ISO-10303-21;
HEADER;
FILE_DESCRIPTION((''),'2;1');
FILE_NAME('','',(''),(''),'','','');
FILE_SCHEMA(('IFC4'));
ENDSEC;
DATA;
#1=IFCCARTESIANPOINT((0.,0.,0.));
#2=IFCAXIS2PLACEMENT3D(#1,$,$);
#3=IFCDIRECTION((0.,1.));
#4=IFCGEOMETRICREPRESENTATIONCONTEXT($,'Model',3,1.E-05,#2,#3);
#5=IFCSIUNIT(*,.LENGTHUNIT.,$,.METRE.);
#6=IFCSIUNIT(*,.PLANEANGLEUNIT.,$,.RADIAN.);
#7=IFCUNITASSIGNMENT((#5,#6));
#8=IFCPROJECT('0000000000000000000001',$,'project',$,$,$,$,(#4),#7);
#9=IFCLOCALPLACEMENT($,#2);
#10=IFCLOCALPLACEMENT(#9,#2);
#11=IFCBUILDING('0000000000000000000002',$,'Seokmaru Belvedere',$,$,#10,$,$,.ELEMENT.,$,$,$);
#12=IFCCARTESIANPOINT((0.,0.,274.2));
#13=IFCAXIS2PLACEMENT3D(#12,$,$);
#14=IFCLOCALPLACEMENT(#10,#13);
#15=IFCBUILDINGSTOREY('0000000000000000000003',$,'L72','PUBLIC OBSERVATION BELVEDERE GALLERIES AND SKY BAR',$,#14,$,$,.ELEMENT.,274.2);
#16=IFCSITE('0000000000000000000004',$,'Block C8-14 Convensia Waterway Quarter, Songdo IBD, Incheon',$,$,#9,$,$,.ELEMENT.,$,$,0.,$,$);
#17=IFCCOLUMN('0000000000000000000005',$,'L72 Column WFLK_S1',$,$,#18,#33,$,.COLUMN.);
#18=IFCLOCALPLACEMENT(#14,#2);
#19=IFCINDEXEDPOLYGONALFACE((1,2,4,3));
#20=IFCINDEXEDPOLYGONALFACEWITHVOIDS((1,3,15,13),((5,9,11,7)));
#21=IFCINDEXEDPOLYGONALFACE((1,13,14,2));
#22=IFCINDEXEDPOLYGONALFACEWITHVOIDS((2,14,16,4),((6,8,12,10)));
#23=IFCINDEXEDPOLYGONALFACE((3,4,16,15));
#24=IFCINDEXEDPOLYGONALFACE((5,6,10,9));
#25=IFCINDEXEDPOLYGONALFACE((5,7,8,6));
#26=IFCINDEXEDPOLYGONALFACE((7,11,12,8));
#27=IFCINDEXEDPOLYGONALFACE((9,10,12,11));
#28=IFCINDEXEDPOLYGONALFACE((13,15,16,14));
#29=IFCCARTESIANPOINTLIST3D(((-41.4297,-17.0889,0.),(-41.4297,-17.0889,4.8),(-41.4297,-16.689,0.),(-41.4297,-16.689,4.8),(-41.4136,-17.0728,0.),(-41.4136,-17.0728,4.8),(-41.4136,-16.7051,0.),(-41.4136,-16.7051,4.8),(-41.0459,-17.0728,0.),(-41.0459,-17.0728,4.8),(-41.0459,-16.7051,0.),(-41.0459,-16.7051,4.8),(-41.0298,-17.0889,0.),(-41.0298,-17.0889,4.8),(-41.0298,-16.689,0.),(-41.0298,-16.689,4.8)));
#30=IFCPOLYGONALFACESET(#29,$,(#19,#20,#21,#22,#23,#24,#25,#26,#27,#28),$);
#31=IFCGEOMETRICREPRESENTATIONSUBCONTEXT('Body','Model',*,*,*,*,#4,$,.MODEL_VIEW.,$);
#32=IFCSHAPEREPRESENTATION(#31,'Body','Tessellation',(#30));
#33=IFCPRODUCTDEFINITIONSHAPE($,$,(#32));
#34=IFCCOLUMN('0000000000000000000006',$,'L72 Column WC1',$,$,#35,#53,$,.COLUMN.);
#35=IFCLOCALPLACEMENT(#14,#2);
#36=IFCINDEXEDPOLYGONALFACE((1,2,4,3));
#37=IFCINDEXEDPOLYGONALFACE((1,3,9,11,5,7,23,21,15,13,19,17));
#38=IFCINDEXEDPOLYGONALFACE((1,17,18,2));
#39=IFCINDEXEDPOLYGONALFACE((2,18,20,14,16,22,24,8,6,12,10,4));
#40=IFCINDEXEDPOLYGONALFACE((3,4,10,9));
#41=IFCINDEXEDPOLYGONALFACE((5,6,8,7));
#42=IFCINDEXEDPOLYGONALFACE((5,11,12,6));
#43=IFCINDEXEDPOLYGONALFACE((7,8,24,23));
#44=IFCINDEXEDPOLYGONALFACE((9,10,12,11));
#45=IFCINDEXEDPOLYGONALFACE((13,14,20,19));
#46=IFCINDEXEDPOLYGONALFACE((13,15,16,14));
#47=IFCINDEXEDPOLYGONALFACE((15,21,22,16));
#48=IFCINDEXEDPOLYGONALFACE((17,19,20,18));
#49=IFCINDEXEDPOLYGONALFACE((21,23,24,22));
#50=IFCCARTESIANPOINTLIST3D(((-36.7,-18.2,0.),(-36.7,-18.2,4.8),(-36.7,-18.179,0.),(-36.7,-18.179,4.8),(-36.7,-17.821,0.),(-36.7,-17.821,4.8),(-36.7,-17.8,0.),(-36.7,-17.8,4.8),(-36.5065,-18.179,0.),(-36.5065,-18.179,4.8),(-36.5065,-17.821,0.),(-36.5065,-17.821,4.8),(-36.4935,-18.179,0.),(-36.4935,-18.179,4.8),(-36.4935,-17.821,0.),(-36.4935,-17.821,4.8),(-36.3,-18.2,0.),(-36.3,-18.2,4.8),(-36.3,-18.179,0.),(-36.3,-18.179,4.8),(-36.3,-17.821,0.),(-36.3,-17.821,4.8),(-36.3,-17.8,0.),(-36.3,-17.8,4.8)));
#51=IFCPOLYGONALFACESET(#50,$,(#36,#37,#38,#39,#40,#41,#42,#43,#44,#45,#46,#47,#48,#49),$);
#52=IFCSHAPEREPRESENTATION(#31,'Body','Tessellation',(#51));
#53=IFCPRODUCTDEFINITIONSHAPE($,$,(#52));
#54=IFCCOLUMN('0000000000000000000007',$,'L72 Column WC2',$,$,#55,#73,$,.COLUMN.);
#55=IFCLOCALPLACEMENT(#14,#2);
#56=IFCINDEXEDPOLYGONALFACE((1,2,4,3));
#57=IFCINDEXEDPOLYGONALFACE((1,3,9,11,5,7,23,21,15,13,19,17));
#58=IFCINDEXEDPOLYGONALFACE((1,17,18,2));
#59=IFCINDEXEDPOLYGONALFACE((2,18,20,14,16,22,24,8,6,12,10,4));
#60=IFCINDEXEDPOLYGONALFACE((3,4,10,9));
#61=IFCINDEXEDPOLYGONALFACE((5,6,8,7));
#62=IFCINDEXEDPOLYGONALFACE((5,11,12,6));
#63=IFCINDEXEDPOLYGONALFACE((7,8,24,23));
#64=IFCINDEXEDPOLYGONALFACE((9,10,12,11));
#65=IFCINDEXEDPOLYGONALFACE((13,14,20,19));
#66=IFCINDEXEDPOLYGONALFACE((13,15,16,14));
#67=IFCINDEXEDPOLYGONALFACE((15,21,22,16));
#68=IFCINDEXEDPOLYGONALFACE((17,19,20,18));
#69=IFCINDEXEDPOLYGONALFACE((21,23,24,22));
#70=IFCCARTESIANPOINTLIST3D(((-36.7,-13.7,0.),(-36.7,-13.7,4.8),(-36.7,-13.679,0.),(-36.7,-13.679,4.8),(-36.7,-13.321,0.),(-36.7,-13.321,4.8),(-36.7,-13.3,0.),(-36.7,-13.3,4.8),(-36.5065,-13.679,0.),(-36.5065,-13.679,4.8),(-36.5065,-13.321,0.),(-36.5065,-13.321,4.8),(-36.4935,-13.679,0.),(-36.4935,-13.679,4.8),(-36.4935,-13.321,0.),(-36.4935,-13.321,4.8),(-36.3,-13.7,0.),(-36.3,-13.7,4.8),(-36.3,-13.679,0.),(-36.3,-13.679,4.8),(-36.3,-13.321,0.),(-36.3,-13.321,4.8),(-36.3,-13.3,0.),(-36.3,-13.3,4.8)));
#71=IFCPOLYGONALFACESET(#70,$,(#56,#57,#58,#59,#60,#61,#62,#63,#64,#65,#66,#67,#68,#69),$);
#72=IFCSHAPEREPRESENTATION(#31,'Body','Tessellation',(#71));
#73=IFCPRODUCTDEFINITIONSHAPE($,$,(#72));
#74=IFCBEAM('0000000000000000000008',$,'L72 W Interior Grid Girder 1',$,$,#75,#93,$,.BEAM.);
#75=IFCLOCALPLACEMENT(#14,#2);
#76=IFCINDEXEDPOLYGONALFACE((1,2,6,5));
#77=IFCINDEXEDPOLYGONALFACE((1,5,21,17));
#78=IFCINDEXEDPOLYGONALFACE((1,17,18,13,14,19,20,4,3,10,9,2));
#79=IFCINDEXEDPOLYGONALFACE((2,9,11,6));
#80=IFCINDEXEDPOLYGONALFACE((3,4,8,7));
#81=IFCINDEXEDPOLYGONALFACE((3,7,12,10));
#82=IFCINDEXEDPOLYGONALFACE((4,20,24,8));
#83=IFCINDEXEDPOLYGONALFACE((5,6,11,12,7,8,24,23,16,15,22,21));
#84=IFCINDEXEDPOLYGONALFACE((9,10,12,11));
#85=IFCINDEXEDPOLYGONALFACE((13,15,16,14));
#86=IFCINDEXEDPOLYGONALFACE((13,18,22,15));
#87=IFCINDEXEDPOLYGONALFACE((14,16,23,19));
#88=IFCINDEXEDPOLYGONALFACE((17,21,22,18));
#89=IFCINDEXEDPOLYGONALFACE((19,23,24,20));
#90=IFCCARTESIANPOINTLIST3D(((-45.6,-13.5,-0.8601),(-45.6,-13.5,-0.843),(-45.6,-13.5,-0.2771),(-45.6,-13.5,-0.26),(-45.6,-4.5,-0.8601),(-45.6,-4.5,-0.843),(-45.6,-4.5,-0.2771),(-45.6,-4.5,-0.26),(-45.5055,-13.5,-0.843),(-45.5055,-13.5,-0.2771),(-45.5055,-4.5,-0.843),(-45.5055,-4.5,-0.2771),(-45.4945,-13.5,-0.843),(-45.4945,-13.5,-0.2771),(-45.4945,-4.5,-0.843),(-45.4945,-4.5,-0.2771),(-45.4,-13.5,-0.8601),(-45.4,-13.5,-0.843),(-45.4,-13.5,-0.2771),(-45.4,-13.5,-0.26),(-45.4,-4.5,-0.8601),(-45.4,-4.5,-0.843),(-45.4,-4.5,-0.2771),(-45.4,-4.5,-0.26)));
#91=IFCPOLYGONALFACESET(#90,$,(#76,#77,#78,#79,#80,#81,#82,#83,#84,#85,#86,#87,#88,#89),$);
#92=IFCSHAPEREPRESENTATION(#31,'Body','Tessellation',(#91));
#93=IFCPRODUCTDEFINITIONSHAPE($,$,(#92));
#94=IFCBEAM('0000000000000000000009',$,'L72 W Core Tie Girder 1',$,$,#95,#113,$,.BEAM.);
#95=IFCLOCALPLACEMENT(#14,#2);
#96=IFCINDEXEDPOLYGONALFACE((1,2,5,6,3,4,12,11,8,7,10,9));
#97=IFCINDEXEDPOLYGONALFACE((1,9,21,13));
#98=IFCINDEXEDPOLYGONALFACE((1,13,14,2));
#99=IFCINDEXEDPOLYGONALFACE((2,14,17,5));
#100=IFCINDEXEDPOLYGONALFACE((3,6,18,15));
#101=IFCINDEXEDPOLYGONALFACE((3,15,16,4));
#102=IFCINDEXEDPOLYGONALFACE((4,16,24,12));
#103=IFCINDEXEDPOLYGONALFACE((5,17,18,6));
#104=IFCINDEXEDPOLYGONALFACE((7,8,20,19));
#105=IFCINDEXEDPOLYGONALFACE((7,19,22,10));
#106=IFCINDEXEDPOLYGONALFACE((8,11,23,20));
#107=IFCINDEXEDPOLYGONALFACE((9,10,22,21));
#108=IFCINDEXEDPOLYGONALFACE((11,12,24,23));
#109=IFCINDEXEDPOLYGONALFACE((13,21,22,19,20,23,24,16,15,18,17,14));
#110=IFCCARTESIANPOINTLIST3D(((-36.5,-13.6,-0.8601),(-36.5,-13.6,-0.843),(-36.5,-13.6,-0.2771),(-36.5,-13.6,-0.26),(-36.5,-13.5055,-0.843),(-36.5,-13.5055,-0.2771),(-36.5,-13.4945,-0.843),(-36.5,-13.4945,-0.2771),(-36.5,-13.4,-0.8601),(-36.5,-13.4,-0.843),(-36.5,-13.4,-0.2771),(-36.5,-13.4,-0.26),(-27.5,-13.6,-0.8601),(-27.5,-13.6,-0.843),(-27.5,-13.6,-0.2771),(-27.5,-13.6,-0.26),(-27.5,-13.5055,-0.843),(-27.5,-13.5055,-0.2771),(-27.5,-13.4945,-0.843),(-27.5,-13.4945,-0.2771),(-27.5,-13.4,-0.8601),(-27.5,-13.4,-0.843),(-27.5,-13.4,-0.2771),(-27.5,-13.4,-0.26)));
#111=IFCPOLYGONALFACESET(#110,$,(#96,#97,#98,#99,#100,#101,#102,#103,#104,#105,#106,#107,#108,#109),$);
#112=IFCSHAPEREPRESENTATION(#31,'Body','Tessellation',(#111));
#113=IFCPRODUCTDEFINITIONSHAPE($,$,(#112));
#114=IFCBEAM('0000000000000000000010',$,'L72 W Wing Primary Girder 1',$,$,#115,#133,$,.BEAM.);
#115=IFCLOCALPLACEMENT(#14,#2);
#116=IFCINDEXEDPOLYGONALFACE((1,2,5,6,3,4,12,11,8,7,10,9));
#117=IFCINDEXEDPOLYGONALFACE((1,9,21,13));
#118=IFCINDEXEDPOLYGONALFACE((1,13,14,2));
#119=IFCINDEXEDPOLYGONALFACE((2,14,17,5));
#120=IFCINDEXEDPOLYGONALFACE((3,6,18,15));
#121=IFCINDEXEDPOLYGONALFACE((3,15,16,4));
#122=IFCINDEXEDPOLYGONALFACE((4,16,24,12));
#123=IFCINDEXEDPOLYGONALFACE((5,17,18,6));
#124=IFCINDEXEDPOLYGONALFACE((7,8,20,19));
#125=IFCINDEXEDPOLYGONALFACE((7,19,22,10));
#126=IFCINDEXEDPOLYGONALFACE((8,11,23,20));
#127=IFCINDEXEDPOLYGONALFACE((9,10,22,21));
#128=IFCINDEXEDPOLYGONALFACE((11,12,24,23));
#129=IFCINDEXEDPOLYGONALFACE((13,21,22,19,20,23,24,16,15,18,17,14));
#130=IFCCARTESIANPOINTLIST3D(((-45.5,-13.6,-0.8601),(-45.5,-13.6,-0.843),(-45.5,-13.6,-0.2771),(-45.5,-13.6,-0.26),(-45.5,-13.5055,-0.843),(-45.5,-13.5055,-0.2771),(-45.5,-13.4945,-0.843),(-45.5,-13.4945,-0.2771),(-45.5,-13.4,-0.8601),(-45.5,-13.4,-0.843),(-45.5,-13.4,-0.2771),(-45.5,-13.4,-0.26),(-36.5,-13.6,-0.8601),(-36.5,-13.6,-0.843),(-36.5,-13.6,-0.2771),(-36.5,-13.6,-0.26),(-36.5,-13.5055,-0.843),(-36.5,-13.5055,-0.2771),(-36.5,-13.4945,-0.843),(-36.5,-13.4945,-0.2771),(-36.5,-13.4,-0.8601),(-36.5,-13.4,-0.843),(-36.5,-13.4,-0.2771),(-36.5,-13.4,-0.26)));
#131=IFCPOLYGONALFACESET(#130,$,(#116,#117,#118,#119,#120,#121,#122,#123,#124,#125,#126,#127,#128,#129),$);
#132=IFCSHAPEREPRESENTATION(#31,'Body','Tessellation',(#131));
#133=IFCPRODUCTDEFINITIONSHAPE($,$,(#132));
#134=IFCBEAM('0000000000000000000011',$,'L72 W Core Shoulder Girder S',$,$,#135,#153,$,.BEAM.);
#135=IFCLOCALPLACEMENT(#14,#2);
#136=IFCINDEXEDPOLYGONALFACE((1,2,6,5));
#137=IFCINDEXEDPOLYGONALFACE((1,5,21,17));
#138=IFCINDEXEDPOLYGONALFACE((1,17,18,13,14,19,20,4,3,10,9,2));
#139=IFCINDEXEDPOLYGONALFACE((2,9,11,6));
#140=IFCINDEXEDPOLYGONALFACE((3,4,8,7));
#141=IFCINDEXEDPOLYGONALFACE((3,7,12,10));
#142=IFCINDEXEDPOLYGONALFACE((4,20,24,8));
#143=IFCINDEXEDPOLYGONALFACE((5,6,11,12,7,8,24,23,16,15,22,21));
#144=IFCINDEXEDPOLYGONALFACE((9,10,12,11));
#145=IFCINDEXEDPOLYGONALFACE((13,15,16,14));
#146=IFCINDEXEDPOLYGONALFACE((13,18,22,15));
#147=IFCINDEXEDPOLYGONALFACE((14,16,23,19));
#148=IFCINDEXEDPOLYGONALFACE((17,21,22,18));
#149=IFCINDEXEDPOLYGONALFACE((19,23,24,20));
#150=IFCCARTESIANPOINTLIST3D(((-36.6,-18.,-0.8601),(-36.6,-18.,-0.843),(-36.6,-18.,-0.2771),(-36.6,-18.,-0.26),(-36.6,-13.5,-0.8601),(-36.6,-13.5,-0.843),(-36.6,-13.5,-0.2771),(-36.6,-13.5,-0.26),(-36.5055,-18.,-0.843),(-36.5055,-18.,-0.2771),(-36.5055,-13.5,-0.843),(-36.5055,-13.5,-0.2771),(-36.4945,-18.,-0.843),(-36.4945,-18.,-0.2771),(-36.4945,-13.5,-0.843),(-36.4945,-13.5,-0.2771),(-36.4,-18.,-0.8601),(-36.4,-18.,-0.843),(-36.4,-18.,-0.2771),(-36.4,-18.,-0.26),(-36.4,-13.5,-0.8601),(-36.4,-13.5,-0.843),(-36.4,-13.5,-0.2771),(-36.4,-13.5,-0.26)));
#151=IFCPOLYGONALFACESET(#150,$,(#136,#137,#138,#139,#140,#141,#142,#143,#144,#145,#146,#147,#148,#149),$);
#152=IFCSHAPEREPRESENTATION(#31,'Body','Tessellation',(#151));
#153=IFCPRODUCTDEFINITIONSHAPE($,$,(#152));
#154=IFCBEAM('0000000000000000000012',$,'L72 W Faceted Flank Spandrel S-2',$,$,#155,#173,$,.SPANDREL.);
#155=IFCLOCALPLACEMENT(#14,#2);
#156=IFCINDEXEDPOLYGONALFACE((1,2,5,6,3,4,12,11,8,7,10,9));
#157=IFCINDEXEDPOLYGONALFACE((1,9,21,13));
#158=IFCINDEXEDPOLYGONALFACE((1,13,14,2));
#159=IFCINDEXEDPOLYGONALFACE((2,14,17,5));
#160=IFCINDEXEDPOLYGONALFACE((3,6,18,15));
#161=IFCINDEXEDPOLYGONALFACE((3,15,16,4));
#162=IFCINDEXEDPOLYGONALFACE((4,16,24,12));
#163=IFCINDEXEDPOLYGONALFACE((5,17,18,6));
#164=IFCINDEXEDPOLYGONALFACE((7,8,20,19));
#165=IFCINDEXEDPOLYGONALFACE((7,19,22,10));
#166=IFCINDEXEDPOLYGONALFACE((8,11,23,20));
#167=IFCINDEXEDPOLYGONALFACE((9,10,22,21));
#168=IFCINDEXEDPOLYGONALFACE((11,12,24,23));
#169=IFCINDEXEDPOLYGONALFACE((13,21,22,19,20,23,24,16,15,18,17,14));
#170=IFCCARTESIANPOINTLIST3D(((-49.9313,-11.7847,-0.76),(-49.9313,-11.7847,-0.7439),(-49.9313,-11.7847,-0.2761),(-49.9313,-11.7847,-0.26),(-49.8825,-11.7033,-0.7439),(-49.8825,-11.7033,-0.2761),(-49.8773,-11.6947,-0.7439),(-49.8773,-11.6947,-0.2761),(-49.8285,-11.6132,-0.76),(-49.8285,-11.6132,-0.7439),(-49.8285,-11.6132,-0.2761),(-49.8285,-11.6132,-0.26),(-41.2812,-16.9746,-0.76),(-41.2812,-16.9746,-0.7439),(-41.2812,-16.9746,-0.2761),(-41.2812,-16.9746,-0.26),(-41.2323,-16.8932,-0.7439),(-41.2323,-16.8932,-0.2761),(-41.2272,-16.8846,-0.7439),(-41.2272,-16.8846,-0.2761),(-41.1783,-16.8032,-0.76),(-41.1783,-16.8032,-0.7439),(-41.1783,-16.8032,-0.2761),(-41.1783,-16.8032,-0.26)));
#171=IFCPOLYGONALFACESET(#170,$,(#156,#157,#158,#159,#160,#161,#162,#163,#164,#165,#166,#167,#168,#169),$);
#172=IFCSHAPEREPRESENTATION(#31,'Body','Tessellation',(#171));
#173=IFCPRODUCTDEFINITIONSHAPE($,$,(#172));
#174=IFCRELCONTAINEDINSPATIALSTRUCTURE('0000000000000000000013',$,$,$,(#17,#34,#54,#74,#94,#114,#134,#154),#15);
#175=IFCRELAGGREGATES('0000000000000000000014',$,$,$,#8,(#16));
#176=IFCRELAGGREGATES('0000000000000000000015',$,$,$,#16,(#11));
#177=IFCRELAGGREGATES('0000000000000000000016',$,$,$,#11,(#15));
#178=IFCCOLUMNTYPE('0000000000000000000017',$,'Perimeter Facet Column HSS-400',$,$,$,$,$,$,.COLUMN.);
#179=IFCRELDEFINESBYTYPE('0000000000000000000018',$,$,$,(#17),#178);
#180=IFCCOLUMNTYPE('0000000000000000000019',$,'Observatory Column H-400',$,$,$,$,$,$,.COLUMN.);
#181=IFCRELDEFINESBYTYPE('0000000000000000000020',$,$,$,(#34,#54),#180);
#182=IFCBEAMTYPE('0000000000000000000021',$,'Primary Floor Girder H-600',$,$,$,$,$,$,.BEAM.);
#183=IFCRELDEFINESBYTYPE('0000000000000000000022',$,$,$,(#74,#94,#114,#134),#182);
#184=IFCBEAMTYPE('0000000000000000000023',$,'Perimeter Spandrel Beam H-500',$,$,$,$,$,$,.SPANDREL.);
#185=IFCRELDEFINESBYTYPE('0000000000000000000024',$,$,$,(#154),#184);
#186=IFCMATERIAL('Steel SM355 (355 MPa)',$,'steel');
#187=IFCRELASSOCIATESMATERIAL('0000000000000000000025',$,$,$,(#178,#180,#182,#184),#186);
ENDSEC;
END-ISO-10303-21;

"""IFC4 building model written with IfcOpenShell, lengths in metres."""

from ifc_helpers import new_model, si_unit, direction, frame, origin, origin_2d, place, context, subcontext, project, spatial, hollow_rectangle, i_section, extrude, source, transform, mapped, material, material_profile, profile_set, type_object, type_shapes, element, save


model = new_model("IFC4")

# Units and contexts
model_context = context("Model", 3, precision=1e-05, world=origin(), true_north=direction((0.0, 1.0)))
body_context = subcontext(model_context, "Body", "Model", "MODEL_VIEW")
ifc_project = project(units=[si_unit("LENGTHUNIT", "METRE"), si_unit("PLANEANGLEUNIT", "RADIAN")], contexts=[model_context])

# Site, building, storey
site_placement = place(None, origin())
site = spatial("IfcSite", under=ifc_project, at=site_placement, Name="Block C8-14 Convensia Waterway Quarter, Songdo IBD, Incheon", CompositionType="ELEMENT", RefElevation=0.0)
building_placement = place(site_placement, origin())
building = spatial("IfcBuilding", under=site, at=building_placement, Name="Seokmaru Belvedere", CompositionType="ELEMENT")
storey_placement = place(building_placement, frame((0.0, 0.0, 274.2)))
storey = spatial("IfcBuildingStorey", under=building, at=storey_placement, Name="L72", Description="PUBLIC OBSERVATION BELVEDERE GALLERIES AND SKY BAR", CompositionType="ELEMENT", Elevation=274.2)

# Columns
ifc_material_1 = material(Name="Steel SM355 (355 MPa)", Category="steel")
ifc_material_profile_1 = material_profile(ifc_material_1, hollow_rectangle(XDim=0.3999, YDim=0.3999, WallThickness=0.0161, at=origin_2d()), Name="HSS-400x400x16")
ifc_profile_set_1 = profile_set([ifc_material_profile_1], Name="Steel SM355 (355 MPa)")
column_type_1 = type_object("IfcColumnType", Name="Perimeter Facet Column HSS-400", PredefinedType="COLUMN", material=ifc_profile_set_1)
shared_shape_1 = source(origin(), body_context, "Body", "SweptSolid", [
    extrude(hollow_rectangle(XDim=0.3999, YDim=0.3999, WallThickness=0.0161, at=origin_2d()), origin(), (0.0, 0.0, 1.0), 4.8),
])
type_shapes(column_type_1, [shared_shape_1])
column_placement = place(storey_placement, frame((-41.2297, -16.8889, 0.0), z_axis=(0.0, 0.0, 1.0), x_axis=(1.0, 0.0, 0.0)))
element("IfcColumn", 1, at=column_placement, inside=storey, type_object=column_type_1, Name="L72 Column WFLK_S1", PredefinedType="COLUMN", context=body_context, shape_type="MappedRepresentation", body=[
    mapped(shared_shape_1, transform((0.0, 0.0, 0.0), scale=1.0)),
])
ifc_material_profile_2 = material_profile(ifc_material_1, i_section(OverallWidth=0.3999, OverallDepth=0.3999, WebThickness=0.0129, FlangeThickness=0.021, at=origin_2d()), Name="H-400x400x13x21")
ifc_profile_set_2 = profile_set([ifc_material_profile_2], Name="Steel SM355 (355 MPa)")
column_type_2 = type_object("IfcColumnType", Name="Observatory Column H-400", PredefinedType="COLUMN", material=ifc_profile_set_2)
shared_shape_2 = source(origin(), body_context, "Body", "SweptSolid", [
    extrude(i_section(OverallWidth=0.3999, OverallDepth=0.3999, WebThickness=0.0129, FlangeThickness=0.021, at=origin_2d()), origin(), (0.0, 0.0, 1.0), 4.8),
])
type_shapes(column_type_2, [shared_shape_2])
for number, where, z_axis, x_axis, name in (
    (2, (-36.5, -18.0, 0.0), (0.0, 0.0, 1.0), (1.0, 0.0, 0.0), "L72 Column WC1"),
    (3, (-36.5, -13.5, 0.0), (0.0, 0.0, 1.0), (1.0, 0.0, 0.0), "L72 Column WC2"),
):
    element("IfcColumn", number, at=place(storey_placement, frame(where, z_axis=z_axis, x_axis=x_axis)), inside=storey, type_object=column_type_2, Name=name, PredefinedType="COLUMN", context=body_context, shape_type="MappedRepresentation", body=[
        mapped(shared_shape_2, transform((0.0, 0.0, 0.0), scale=1.0)),
    ])

# Beams
ifc_material_profile_3 = material_profile(ifc_material_1, i_section(OverallWidth=0.2, OverallDepth=0.6001, WebThickness=0.011, FlangeThickness=0.0171, at=origin_2d()), Name="H-600x200x11x17")
ifc_profile_set_3 = profile_set([ifc_material_profile_3], Name="Steel SM355 (355 MPa)")
beam_type_1 = type_object("IfcBeamType", Name="Primary Floor Girder H-600", PredefinedType="BEAM", material=ifc_profile_set_3)
shared_shape_3 = source(origin(), body_context, "Body", "SweptSolid", [
    extrude(i_section(OverallWidth=0.2, OverallDepth=0.6001, WebThickness=0.011, FlangeThickness=0.0171, at=origin_2d()), origin(), (0.0, 0.0, 1.0), 9.0),
])
for number, where, z_axis, x_axis, name in (
    (4, (-45.5, -13.5, -0.5601), (0.0, 1.0, 0.0), (-1.0, 0.0, 0.0), "L72 W Interior Grid Girder 1"),
    (5, (-36.5, -13.5, -0.5601), (1.0, 0.0, 0.0), (0.0, 1.0, 0.0), "L72 W Core Tie Girder 1"),
    (6, (-45.5, -13.5, -0.5601), (1.0, 0.0, 0.0), (0.0, 1.0, 0.0), "L72 W Wing Primary Girder 1"),
):
    element("IfcBeam", number, at=place(storey_placement, frame(where, z_axis=z_axis, x_axis=x_axis)), inside=storey, type_object=beam_type_1, Name=name, PredefinedType="BEAM", context=body_context, shape_type="MappedRepresentation", body=[
        mapped(shared_shape_3, transform((0.0, 0.0, 0.0), scale=1.0)),
    ])
shared_shape_4 = source(origin(), body_context, "Body", "SweptSolid", [
    extrude(i_section(OverallWidth=0.2, OverallDepth=0.6001, WebThickness=0.011, FlangeThickness=0.0171, at=origin_2d()), origin(), (0.0, 0.0, 1.0), 4.5),
])
beam_1_placement = place(storey_placement, frame((-36.5, -18.0, -0.5601), z_axis=(0.0, 1.0, 0.0), x_axis=(-1.0, 0.0, 0.0)))
element("IfcBeam", 7, at=beam_1_placement, inside=storey, type_object=beam_type_1, Name="L72 W Core Shoulder Girder S", PredefinedType="BEAM", context=body_context, shape_type="MappedRepresentation", body=[
    mapped(shared_shape_4, transform((0.0, 0.0, 0.0), scale=1.0)),
])
ifc_material_profile_4 = material_profile(ifc_material_1, i_section(OverallWidth=0.2, OverallDepth=0.5, WebThickness=0.01, FlangeThickness=0.0161, at=origin_2d()), Name="H-500x200x10x16")
ifc_profile_set_4 = profile_set([ifc_material_profile_4], Name="Steel SM355 (355 MPa)")
beam_type_2 = type_object("IfcBeamType", Name="Perimeter Spandrel Beam H-500", PredefinedType="SPANDREL", material=ifc_profile_set_4)
shared_shape_5 = source(origin(), body_context, "Body", "SweptSolid", [
    extrude(i_section(OverallWidth=0.2, OverallDepth=0.5, WebThickness=0.01, FlangeThickness=0.0161, at=origin_2d()), origin(), (0.0, 0.0, 1.0), 10.0876),
])
type_shapes(beam_type_2, [shared_shape_5])
beam_2_placement = place(storey_placement, frame((-41.2297, -16.8889, -0.51), z_axis=(-0.857499, 0.514485, 0.0), x_axis=(-0.514485, -0.857499, 0.0)))
element("IfcBeam", 8, at=beam_2_placement, inside=storey, type_object=beam_type_2, Name="L72 W Faceted Flank Spandrel S-2", PredefinedType="SPANDREL", context=body_context, shape_type="MappedRepresentation", body=[
    mapped(shared_shape_5, transform((0.0, 0.0, 0.0), scale=1.0)),
])

save(model, "model.ifc")
